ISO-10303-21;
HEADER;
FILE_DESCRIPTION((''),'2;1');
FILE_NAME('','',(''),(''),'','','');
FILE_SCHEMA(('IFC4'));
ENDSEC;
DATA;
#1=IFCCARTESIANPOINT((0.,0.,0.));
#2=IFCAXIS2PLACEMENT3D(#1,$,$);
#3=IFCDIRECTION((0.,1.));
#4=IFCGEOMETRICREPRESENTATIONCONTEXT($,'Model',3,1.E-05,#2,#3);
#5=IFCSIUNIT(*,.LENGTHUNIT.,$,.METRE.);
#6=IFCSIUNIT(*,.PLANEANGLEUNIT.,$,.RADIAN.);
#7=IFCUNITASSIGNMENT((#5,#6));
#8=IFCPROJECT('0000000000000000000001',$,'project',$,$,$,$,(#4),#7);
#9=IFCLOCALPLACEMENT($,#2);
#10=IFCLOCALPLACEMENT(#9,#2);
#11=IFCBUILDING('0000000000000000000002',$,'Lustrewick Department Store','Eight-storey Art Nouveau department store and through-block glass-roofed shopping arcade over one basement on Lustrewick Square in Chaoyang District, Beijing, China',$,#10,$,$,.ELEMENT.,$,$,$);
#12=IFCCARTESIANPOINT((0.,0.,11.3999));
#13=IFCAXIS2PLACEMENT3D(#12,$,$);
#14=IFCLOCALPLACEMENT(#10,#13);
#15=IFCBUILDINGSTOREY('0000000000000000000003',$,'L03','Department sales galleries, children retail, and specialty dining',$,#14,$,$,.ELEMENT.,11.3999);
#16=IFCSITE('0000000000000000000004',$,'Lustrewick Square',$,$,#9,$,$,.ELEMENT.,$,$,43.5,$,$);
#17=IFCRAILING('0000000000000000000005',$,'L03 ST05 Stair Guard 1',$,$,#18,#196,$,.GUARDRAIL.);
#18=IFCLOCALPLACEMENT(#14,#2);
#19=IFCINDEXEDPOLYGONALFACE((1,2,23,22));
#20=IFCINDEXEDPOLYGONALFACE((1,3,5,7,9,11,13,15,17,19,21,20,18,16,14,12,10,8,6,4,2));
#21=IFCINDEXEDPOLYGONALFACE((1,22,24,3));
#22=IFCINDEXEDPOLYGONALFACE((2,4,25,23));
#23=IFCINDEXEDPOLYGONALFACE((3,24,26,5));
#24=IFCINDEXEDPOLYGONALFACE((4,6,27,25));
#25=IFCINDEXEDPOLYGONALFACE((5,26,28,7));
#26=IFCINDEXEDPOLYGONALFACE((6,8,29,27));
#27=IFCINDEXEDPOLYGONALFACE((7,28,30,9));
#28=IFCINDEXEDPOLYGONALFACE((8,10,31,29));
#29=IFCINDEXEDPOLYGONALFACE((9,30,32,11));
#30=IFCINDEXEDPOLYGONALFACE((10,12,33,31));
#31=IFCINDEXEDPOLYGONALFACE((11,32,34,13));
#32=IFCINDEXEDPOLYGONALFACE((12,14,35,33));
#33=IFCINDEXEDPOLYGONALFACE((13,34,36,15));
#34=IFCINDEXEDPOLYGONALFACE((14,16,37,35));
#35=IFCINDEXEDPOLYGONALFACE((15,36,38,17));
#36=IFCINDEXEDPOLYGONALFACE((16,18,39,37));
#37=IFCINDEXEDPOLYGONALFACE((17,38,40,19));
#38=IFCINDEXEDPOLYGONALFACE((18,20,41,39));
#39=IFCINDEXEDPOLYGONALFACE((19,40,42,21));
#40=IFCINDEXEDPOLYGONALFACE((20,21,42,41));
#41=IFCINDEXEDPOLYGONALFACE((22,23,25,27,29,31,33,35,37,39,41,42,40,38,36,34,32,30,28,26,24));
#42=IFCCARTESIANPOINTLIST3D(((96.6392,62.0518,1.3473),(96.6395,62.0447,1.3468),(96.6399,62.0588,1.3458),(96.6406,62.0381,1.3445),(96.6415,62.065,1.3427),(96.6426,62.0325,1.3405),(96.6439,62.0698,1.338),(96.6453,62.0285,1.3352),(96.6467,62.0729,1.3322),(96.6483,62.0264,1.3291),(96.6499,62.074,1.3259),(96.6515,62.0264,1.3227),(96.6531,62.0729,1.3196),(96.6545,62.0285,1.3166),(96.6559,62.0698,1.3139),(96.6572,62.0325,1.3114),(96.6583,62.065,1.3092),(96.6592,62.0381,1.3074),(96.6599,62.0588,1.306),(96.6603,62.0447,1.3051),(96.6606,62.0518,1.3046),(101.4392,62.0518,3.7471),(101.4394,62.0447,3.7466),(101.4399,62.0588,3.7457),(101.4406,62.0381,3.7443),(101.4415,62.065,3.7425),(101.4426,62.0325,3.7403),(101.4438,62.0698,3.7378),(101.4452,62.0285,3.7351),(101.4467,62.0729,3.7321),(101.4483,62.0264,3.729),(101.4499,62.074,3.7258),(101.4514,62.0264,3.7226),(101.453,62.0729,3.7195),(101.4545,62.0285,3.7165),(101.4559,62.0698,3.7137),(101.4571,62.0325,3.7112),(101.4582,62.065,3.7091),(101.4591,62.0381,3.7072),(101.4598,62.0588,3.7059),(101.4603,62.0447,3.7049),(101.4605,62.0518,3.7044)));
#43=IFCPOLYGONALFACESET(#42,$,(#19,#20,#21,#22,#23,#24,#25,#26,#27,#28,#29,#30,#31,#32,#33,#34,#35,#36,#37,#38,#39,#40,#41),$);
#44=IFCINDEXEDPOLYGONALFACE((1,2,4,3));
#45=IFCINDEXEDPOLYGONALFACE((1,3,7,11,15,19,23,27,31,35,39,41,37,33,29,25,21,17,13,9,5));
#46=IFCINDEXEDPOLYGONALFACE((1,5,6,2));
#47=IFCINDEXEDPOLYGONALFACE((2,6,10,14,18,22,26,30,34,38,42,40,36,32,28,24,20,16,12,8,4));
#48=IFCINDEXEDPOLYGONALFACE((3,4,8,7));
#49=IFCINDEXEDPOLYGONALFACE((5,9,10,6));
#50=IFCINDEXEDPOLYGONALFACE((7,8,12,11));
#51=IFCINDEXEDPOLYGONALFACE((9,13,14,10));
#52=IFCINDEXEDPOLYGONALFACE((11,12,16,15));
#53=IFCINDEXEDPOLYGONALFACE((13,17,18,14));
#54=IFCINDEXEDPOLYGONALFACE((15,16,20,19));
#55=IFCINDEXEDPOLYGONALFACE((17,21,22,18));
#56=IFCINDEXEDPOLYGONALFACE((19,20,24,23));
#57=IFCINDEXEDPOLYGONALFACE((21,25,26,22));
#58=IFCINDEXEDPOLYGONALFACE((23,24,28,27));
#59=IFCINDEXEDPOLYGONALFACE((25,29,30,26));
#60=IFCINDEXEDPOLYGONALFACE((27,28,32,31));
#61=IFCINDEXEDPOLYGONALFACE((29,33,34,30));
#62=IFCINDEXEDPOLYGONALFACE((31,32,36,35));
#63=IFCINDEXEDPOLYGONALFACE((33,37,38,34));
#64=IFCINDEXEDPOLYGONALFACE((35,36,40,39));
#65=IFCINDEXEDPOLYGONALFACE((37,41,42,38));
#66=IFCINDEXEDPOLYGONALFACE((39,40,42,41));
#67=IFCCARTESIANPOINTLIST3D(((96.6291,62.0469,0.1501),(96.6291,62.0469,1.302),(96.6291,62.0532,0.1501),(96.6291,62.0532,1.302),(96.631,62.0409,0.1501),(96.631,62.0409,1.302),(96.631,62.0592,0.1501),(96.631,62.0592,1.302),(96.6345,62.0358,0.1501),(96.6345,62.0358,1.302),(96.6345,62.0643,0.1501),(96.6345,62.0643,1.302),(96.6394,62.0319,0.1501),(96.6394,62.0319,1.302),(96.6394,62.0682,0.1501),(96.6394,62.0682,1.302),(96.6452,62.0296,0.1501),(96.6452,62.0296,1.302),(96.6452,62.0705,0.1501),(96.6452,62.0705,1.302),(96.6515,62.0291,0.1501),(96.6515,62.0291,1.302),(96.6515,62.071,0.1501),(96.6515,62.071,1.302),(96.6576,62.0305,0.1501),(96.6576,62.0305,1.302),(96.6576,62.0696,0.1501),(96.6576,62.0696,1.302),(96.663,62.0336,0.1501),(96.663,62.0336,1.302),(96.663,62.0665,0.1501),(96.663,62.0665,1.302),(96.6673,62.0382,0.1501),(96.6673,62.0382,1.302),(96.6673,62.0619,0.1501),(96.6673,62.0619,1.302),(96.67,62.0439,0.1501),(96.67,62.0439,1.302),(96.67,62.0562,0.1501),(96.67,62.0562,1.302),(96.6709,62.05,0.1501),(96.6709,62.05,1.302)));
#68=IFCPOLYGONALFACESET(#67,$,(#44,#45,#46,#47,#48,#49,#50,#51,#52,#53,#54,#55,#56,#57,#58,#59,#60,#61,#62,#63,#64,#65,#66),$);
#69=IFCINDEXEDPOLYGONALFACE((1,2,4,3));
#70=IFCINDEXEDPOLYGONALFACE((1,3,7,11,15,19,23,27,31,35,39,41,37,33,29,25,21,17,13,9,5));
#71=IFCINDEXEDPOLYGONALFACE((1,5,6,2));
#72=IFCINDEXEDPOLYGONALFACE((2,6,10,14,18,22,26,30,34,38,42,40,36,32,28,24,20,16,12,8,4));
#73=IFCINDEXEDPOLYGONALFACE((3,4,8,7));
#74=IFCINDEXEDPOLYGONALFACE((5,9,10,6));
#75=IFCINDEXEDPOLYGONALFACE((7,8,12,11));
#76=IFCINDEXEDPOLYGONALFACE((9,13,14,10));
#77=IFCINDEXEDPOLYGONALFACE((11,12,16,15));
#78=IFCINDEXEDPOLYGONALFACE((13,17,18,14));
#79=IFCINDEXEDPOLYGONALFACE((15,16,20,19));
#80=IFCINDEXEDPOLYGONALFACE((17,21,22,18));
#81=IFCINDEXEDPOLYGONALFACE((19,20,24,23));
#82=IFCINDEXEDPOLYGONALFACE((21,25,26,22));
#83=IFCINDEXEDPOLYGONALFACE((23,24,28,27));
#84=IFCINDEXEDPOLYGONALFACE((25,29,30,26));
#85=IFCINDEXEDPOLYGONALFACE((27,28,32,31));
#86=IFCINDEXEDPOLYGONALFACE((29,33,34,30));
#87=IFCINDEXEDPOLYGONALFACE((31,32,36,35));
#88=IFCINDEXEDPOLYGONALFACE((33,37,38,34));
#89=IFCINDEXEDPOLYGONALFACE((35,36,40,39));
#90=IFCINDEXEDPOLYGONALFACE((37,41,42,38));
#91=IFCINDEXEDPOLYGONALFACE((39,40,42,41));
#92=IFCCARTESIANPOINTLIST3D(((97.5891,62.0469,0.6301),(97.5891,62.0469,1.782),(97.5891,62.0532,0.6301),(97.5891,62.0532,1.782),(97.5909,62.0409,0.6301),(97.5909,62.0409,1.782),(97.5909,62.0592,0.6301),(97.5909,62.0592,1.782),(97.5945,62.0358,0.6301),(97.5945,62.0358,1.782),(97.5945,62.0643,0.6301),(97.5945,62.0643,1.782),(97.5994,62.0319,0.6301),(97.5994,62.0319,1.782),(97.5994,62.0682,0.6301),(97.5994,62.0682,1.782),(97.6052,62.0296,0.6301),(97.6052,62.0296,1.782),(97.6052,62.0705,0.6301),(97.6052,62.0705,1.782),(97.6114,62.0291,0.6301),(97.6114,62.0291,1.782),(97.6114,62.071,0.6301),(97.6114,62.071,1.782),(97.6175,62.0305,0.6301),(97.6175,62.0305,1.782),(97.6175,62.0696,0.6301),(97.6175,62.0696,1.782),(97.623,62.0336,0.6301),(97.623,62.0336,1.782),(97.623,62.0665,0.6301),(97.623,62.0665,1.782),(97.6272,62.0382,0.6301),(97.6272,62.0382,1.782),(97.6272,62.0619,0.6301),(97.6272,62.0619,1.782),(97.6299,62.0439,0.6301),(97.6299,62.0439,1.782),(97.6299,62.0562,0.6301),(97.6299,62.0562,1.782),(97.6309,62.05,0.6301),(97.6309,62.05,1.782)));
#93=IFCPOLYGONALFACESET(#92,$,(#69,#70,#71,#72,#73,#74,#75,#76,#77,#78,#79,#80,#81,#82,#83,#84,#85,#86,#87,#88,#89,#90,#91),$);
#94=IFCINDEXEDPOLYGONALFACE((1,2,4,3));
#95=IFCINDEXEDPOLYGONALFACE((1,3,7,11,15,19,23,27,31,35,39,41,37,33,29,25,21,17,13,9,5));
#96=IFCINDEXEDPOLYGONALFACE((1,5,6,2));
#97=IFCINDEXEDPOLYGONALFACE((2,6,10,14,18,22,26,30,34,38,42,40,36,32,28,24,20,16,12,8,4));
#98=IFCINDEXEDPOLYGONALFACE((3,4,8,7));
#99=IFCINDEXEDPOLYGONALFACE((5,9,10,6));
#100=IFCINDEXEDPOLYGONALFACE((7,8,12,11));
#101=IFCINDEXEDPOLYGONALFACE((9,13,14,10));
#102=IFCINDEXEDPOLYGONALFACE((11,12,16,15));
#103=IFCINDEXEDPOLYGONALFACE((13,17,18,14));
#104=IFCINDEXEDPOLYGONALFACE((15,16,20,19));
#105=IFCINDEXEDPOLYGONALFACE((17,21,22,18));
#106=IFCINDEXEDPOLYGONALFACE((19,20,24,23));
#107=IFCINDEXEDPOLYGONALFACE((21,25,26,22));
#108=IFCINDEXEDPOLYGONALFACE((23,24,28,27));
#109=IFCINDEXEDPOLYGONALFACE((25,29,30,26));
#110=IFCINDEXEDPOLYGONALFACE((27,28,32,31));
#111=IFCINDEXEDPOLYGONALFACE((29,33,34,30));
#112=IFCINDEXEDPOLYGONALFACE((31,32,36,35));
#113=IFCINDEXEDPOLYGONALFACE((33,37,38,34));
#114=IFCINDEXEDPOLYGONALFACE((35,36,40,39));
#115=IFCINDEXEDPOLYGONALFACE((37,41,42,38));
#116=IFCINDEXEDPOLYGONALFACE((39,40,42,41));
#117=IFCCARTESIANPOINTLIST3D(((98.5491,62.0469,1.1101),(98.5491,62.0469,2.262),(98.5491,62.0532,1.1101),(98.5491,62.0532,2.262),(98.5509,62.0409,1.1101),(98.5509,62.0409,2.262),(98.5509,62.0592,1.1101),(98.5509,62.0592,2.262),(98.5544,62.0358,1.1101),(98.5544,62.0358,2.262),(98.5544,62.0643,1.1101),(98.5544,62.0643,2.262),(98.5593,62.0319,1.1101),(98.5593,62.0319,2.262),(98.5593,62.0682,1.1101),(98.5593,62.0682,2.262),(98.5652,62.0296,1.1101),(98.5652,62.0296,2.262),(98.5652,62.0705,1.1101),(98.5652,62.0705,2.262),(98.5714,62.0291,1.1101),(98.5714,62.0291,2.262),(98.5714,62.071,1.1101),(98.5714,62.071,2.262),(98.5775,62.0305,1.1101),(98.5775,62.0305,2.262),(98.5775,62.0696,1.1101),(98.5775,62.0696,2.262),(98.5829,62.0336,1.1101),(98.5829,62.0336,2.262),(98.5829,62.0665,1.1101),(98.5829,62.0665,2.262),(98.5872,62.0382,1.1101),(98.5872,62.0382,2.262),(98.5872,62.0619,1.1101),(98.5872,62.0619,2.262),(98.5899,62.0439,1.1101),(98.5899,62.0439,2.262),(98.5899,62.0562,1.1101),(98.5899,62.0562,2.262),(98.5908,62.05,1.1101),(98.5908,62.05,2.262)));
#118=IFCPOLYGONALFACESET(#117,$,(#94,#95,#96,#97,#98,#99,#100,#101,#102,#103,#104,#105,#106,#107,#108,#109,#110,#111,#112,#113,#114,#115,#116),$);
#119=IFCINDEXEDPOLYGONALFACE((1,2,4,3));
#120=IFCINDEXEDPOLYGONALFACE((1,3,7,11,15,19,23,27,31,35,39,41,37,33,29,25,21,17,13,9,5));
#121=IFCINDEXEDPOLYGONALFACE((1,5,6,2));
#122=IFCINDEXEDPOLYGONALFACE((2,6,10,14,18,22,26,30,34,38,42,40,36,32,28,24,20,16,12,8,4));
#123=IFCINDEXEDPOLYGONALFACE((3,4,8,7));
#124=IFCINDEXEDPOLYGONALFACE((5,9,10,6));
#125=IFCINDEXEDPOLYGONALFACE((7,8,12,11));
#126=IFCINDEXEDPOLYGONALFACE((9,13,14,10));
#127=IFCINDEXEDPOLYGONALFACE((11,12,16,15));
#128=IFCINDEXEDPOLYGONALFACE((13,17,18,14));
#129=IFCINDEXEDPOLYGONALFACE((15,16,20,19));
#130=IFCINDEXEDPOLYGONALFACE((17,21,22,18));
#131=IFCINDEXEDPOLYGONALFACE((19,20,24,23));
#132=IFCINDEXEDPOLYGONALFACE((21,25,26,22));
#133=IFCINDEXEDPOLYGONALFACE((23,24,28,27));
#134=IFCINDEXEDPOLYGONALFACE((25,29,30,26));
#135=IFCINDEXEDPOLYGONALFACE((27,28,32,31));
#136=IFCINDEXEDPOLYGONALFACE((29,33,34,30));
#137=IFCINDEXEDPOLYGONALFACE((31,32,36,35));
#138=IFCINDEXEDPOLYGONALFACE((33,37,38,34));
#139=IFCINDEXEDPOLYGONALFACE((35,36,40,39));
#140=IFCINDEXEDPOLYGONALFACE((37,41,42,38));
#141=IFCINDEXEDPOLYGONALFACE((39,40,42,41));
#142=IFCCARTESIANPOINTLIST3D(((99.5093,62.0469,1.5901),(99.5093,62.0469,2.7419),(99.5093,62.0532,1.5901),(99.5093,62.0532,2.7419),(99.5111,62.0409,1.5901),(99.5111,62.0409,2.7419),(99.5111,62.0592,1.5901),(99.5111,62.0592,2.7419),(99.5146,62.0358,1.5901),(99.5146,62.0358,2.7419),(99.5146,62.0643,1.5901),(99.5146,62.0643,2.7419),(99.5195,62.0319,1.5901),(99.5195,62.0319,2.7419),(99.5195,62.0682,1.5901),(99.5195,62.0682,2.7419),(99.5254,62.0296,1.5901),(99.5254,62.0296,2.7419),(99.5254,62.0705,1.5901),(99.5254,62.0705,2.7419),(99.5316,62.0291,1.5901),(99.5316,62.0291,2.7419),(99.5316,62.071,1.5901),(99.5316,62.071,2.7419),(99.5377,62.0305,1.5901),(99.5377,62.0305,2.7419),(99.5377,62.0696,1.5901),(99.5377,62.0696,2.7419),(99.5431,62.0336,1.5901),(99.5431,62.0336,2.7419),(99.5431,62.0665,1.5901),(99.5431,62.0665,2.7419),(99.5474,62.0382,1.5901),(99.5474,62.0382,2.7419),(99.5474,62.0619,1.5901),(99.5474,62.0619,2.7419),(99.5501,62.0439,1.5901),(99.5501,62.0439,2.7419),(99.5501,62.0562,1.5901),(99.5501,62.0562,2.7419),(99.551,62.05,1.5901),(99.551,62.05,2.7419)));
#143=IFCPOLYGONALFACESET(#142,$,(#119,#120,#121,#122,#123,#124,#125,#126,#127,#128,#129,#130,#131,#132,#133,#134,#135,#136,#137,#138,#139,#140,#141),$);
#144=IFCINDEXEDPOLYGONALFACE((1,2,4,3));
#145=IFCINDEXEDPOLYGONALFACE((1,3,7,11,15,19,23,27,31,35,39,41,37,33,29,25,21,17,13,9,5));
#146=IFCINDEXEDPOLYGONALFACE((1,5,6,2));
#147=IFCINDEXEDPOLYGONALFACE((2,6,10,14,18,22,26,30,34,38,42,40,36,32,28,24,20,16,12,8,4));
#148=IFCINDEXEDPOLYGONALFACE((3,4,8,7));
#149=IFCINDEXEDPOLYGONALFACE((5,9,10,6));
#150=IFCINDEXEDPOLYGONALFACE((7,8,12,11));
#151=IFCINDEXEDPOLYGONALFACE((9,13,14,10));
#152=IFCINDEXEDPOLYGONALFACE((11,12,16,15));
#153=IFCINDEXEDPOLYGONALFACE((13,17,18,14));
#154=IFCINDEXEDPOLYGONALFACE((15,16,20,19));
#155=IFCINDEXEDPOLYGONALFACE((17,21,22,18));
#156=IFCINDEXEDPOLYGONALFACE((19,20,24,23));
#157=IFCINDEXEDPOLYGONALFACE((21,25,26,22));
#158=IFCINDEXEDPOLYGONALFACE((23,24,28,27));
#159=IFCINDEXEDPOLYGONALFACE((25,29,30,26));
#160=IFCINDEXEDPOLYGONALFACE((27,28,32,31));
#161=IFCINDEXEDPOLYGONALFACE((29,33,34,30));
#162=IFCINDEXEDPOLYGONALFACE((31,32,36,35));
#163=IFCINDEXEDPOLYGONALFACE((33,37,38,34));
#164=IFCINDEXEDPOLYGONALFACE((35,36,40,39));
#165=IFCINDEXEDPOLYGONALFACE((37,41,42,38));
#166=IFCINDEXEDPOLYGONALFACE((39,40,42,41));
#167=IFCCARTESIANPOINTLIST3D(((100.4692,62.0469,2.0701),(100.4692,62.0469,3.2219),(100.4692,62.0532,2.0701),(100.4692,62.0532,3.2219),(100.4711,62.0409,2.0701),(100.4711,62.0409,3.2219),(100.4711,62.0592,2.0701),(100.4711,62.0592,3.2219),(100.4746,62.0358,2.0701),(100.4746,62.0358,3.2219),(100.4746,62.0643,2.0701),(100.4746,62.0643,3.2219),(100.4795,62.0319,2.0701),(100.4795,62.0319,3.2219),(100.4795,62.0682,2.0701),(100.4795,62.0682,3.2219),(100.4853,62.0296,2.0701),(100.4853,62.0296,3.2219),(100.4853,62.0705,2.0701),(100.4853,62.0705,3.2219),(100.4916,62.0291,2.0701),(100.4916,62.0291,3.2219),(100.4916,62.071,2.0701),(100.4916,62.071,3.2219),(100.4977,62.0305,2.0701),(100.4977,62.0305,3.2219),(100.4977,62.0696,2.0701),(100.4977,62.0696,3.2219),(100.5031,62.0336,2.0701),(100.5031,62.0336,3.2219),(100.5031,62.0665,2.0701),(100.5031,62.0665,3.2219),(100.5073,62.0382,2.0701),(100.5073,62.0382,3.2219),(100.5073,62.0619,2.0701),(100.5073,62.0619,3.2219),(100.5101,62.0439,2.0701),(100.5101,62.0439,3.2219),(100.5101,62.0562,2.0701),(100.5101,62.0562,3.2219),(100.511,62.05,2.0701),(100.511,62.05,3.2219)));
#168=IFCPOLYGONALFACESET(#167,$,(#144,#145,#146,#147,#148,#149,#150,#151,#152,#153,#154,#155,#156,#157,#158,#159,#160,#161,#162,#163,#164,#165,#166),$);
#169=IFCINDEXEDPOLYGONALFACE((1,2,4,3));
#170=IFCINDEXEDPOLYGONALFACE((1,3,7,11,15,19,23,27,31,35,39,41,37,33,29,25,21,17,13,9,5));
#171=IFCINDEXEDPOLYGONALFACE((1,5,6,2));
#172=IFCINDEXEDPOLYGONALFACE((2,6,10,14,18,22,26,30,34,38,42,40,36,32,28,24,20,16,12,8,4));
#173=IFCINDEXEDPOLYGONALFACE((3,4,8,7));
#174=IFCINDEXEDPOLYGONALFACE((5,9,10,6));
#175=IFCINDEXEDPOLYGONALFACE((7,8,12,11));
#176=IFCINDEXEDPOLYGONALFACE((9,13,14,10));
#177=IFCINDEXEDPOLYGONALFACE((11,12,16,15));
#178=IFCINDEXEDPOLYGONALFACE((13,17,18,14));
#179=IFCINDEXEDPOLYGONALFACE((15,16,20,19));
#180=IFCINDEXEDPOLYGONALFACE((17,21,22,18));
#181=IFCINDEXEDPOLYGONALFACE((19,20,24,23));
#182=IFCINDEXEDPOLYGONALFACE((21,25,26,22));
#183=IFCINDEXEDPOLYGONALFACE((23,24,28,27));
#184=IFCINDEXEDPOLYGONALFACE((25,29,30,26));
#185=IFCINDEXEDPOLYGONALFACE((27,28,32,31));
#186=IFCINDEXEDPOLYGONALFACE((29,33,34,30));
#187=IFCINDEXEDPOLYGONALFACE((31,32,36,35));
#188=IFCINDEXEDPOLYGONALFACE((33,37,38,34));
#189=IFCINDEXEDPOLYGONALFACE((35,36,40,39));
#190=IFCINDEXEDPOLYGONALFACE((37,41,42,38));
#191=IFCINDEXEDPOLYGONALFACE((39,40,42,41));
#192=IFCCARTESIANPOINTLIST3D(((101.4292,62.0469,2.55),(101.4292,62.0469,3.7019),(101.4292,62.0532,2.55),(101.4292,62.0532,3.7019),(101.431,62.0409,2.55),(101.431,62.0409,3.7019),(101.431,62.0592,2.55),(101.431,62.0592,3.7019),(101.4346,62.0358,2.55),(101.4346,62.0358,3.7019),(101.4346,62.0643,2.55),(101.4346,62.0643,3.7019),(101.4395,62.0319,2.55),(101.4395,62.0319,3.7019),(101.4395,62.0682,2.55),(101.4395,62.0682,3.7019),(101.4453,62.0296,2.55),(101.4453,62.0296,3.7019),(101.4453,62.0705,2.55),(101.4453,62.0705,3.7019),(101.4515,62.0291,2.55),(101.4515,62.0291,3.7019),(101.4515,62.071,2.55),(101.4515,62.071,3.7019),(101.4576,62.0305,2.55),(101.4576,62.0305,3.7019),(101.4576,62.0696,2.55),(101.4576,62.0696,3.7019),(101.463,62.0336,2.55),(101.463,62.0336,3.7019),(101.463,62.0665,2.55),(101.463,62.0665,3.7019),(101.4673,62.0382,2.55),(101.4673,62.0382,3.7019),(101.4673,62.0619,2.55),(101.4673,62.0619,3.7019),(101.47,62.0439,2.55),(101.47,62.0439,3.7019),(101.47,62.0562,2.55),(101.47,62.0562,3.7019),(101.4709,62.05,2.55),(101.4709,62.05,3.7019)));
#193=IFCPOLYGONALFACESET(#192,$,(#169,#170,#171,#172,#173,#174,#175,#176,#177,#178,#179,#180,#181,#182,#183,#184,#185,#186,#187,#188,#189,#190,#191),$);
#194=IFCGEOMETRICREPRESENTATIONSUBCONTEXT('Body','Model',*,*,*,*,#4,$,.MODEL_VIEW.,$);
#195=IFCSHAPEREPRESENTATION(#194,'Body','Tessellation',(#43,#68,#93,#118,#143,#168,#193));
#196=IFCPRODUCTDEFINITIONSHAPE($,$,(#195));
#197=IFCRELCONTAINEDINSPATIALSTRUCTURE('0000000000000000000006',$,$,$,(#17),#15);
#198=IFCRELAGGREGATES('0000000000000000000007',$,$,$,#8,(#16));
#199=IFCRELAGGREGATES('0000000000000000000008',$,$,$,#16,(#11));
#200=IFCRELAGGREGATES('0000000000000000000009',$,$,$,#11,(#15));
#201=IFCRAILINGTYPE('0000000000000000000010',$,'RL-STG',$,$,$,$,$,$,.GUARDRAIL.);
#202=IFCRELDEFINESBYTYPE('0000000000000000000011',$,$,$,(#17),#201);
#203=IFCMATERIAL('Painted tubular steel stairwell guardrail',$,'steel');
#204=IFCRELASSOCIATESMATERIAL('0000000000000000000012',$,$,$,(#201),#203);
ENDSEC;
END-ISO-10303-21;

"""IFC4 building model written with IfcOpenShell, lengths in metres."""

from ifc_helpers import new_model, si_unit, direction, frame, origin, origin_2d, place, context, subcontext, project, spatial, circle, extrude, material, type_object, element, save


model = new_model("IFC4")

# Units and contexts
model_context = context("Model", 3, precision=1e-05, world=origin(), true_north=direction((0.0, 1.0)))
body_context = subcontext(model_context, "Body", "Model", "MODEL_VIEW")
ifc_project = project(units=[si_unit("LENGTHUNIT", "METRE"), si_unit("PLANEANGLEUNIT", "RADIAN")], contexts=[model_context])

# Site, building, storey
site_placement = place(None, origin())
site = spatial("IfcSite", under=ifc_project, at=site_placement, Name="Lustrewick Square", CompositionType="ELEMENT", RefElevation=43.5)
building_placement = place(site_placement, origin())
building = spatial("IfcBuilding", under=site, at=building_placement, Name="Lustrewick Department Store", Description="Eight-storey Art Nouveau department store and through-block glass-roofed shopping arcade over one basement on Lustrewick Square in Chaoyang District, Beijing, China", CompositionType="ELEMENT")
storey_placement = place(building_placement, frame((0.0, 0.0, 11.3999)))
storey = spatial("IfcBuildingStorey", under=building, at=storey_placement, Name="L03", Description="Department sales galleries, children retail, and specialty dining", CompositionType="ELEMENT", Elevation=11.3999)

# Railing
ifc_material_1 = material(Name="Painted tubular steel stairwell guardrail", Category="steel")
railing_type_1 = type_object("IfcRailingType", Name="RL-STG", PredefinedType="GUARDRAIL", material=ifc_material_1)
railing_1_placement = place(storey_placement, frame((96.6499, 62.05, 0.1501)))
element("IfcRailing", 1, at=railing_1_placement, inside=storey, type_object=railing_type_1, Name="L03 ST05 Stair Guard 1", PredefinedType="GUARDRAIL", context=body_context, shape_type="SweptSolid", body=[
    extrude(circle(Radius=0.0239, at=origin_2d()), frame((0.0, 0.0, 1.1758), z_axis=(0.894436, 0.0, 0.447195), x_axis=(0.0, 1.0, 0.0)), (0.0, 0.0, 1.0), 5.3665),
    extrude(circle(Radius=0.021, at=origin_2d()), origin(), (0.0, 0.0, 1.0), 1.1519),
    extrude(circle(Radius=0.021, at=origin_2d()), frame((0.96, 0.0, 0.48)), (0.0, 0.0, 1.0), 1.1519),
    extrude(circle(Radius=0.021, at=origin_2d()), frame((1.9199, 0.0, 0.96)), (0.0, 0.0, 1.0), 1.1519),
    extrude(circle(Radius=0.021, at=origin_2d()), frame((2.8801, 0.0, 1.4399)), (0.0, 0.0, 1.0), 1.1519),
    extrude(circle(Radius=0.021, at=origin_2d()), frame((3.8401, 0.0, 1.9199)), (0.0, 0.0, 1.0), 1.1519),
    extrude(circle(Radius=0.021, at=origin_2d()), frame((4.8, 0.0, 2.3999)), (0.0, 0.0, 1.0), 1.1519),
])

save(model, "model.ifc")
